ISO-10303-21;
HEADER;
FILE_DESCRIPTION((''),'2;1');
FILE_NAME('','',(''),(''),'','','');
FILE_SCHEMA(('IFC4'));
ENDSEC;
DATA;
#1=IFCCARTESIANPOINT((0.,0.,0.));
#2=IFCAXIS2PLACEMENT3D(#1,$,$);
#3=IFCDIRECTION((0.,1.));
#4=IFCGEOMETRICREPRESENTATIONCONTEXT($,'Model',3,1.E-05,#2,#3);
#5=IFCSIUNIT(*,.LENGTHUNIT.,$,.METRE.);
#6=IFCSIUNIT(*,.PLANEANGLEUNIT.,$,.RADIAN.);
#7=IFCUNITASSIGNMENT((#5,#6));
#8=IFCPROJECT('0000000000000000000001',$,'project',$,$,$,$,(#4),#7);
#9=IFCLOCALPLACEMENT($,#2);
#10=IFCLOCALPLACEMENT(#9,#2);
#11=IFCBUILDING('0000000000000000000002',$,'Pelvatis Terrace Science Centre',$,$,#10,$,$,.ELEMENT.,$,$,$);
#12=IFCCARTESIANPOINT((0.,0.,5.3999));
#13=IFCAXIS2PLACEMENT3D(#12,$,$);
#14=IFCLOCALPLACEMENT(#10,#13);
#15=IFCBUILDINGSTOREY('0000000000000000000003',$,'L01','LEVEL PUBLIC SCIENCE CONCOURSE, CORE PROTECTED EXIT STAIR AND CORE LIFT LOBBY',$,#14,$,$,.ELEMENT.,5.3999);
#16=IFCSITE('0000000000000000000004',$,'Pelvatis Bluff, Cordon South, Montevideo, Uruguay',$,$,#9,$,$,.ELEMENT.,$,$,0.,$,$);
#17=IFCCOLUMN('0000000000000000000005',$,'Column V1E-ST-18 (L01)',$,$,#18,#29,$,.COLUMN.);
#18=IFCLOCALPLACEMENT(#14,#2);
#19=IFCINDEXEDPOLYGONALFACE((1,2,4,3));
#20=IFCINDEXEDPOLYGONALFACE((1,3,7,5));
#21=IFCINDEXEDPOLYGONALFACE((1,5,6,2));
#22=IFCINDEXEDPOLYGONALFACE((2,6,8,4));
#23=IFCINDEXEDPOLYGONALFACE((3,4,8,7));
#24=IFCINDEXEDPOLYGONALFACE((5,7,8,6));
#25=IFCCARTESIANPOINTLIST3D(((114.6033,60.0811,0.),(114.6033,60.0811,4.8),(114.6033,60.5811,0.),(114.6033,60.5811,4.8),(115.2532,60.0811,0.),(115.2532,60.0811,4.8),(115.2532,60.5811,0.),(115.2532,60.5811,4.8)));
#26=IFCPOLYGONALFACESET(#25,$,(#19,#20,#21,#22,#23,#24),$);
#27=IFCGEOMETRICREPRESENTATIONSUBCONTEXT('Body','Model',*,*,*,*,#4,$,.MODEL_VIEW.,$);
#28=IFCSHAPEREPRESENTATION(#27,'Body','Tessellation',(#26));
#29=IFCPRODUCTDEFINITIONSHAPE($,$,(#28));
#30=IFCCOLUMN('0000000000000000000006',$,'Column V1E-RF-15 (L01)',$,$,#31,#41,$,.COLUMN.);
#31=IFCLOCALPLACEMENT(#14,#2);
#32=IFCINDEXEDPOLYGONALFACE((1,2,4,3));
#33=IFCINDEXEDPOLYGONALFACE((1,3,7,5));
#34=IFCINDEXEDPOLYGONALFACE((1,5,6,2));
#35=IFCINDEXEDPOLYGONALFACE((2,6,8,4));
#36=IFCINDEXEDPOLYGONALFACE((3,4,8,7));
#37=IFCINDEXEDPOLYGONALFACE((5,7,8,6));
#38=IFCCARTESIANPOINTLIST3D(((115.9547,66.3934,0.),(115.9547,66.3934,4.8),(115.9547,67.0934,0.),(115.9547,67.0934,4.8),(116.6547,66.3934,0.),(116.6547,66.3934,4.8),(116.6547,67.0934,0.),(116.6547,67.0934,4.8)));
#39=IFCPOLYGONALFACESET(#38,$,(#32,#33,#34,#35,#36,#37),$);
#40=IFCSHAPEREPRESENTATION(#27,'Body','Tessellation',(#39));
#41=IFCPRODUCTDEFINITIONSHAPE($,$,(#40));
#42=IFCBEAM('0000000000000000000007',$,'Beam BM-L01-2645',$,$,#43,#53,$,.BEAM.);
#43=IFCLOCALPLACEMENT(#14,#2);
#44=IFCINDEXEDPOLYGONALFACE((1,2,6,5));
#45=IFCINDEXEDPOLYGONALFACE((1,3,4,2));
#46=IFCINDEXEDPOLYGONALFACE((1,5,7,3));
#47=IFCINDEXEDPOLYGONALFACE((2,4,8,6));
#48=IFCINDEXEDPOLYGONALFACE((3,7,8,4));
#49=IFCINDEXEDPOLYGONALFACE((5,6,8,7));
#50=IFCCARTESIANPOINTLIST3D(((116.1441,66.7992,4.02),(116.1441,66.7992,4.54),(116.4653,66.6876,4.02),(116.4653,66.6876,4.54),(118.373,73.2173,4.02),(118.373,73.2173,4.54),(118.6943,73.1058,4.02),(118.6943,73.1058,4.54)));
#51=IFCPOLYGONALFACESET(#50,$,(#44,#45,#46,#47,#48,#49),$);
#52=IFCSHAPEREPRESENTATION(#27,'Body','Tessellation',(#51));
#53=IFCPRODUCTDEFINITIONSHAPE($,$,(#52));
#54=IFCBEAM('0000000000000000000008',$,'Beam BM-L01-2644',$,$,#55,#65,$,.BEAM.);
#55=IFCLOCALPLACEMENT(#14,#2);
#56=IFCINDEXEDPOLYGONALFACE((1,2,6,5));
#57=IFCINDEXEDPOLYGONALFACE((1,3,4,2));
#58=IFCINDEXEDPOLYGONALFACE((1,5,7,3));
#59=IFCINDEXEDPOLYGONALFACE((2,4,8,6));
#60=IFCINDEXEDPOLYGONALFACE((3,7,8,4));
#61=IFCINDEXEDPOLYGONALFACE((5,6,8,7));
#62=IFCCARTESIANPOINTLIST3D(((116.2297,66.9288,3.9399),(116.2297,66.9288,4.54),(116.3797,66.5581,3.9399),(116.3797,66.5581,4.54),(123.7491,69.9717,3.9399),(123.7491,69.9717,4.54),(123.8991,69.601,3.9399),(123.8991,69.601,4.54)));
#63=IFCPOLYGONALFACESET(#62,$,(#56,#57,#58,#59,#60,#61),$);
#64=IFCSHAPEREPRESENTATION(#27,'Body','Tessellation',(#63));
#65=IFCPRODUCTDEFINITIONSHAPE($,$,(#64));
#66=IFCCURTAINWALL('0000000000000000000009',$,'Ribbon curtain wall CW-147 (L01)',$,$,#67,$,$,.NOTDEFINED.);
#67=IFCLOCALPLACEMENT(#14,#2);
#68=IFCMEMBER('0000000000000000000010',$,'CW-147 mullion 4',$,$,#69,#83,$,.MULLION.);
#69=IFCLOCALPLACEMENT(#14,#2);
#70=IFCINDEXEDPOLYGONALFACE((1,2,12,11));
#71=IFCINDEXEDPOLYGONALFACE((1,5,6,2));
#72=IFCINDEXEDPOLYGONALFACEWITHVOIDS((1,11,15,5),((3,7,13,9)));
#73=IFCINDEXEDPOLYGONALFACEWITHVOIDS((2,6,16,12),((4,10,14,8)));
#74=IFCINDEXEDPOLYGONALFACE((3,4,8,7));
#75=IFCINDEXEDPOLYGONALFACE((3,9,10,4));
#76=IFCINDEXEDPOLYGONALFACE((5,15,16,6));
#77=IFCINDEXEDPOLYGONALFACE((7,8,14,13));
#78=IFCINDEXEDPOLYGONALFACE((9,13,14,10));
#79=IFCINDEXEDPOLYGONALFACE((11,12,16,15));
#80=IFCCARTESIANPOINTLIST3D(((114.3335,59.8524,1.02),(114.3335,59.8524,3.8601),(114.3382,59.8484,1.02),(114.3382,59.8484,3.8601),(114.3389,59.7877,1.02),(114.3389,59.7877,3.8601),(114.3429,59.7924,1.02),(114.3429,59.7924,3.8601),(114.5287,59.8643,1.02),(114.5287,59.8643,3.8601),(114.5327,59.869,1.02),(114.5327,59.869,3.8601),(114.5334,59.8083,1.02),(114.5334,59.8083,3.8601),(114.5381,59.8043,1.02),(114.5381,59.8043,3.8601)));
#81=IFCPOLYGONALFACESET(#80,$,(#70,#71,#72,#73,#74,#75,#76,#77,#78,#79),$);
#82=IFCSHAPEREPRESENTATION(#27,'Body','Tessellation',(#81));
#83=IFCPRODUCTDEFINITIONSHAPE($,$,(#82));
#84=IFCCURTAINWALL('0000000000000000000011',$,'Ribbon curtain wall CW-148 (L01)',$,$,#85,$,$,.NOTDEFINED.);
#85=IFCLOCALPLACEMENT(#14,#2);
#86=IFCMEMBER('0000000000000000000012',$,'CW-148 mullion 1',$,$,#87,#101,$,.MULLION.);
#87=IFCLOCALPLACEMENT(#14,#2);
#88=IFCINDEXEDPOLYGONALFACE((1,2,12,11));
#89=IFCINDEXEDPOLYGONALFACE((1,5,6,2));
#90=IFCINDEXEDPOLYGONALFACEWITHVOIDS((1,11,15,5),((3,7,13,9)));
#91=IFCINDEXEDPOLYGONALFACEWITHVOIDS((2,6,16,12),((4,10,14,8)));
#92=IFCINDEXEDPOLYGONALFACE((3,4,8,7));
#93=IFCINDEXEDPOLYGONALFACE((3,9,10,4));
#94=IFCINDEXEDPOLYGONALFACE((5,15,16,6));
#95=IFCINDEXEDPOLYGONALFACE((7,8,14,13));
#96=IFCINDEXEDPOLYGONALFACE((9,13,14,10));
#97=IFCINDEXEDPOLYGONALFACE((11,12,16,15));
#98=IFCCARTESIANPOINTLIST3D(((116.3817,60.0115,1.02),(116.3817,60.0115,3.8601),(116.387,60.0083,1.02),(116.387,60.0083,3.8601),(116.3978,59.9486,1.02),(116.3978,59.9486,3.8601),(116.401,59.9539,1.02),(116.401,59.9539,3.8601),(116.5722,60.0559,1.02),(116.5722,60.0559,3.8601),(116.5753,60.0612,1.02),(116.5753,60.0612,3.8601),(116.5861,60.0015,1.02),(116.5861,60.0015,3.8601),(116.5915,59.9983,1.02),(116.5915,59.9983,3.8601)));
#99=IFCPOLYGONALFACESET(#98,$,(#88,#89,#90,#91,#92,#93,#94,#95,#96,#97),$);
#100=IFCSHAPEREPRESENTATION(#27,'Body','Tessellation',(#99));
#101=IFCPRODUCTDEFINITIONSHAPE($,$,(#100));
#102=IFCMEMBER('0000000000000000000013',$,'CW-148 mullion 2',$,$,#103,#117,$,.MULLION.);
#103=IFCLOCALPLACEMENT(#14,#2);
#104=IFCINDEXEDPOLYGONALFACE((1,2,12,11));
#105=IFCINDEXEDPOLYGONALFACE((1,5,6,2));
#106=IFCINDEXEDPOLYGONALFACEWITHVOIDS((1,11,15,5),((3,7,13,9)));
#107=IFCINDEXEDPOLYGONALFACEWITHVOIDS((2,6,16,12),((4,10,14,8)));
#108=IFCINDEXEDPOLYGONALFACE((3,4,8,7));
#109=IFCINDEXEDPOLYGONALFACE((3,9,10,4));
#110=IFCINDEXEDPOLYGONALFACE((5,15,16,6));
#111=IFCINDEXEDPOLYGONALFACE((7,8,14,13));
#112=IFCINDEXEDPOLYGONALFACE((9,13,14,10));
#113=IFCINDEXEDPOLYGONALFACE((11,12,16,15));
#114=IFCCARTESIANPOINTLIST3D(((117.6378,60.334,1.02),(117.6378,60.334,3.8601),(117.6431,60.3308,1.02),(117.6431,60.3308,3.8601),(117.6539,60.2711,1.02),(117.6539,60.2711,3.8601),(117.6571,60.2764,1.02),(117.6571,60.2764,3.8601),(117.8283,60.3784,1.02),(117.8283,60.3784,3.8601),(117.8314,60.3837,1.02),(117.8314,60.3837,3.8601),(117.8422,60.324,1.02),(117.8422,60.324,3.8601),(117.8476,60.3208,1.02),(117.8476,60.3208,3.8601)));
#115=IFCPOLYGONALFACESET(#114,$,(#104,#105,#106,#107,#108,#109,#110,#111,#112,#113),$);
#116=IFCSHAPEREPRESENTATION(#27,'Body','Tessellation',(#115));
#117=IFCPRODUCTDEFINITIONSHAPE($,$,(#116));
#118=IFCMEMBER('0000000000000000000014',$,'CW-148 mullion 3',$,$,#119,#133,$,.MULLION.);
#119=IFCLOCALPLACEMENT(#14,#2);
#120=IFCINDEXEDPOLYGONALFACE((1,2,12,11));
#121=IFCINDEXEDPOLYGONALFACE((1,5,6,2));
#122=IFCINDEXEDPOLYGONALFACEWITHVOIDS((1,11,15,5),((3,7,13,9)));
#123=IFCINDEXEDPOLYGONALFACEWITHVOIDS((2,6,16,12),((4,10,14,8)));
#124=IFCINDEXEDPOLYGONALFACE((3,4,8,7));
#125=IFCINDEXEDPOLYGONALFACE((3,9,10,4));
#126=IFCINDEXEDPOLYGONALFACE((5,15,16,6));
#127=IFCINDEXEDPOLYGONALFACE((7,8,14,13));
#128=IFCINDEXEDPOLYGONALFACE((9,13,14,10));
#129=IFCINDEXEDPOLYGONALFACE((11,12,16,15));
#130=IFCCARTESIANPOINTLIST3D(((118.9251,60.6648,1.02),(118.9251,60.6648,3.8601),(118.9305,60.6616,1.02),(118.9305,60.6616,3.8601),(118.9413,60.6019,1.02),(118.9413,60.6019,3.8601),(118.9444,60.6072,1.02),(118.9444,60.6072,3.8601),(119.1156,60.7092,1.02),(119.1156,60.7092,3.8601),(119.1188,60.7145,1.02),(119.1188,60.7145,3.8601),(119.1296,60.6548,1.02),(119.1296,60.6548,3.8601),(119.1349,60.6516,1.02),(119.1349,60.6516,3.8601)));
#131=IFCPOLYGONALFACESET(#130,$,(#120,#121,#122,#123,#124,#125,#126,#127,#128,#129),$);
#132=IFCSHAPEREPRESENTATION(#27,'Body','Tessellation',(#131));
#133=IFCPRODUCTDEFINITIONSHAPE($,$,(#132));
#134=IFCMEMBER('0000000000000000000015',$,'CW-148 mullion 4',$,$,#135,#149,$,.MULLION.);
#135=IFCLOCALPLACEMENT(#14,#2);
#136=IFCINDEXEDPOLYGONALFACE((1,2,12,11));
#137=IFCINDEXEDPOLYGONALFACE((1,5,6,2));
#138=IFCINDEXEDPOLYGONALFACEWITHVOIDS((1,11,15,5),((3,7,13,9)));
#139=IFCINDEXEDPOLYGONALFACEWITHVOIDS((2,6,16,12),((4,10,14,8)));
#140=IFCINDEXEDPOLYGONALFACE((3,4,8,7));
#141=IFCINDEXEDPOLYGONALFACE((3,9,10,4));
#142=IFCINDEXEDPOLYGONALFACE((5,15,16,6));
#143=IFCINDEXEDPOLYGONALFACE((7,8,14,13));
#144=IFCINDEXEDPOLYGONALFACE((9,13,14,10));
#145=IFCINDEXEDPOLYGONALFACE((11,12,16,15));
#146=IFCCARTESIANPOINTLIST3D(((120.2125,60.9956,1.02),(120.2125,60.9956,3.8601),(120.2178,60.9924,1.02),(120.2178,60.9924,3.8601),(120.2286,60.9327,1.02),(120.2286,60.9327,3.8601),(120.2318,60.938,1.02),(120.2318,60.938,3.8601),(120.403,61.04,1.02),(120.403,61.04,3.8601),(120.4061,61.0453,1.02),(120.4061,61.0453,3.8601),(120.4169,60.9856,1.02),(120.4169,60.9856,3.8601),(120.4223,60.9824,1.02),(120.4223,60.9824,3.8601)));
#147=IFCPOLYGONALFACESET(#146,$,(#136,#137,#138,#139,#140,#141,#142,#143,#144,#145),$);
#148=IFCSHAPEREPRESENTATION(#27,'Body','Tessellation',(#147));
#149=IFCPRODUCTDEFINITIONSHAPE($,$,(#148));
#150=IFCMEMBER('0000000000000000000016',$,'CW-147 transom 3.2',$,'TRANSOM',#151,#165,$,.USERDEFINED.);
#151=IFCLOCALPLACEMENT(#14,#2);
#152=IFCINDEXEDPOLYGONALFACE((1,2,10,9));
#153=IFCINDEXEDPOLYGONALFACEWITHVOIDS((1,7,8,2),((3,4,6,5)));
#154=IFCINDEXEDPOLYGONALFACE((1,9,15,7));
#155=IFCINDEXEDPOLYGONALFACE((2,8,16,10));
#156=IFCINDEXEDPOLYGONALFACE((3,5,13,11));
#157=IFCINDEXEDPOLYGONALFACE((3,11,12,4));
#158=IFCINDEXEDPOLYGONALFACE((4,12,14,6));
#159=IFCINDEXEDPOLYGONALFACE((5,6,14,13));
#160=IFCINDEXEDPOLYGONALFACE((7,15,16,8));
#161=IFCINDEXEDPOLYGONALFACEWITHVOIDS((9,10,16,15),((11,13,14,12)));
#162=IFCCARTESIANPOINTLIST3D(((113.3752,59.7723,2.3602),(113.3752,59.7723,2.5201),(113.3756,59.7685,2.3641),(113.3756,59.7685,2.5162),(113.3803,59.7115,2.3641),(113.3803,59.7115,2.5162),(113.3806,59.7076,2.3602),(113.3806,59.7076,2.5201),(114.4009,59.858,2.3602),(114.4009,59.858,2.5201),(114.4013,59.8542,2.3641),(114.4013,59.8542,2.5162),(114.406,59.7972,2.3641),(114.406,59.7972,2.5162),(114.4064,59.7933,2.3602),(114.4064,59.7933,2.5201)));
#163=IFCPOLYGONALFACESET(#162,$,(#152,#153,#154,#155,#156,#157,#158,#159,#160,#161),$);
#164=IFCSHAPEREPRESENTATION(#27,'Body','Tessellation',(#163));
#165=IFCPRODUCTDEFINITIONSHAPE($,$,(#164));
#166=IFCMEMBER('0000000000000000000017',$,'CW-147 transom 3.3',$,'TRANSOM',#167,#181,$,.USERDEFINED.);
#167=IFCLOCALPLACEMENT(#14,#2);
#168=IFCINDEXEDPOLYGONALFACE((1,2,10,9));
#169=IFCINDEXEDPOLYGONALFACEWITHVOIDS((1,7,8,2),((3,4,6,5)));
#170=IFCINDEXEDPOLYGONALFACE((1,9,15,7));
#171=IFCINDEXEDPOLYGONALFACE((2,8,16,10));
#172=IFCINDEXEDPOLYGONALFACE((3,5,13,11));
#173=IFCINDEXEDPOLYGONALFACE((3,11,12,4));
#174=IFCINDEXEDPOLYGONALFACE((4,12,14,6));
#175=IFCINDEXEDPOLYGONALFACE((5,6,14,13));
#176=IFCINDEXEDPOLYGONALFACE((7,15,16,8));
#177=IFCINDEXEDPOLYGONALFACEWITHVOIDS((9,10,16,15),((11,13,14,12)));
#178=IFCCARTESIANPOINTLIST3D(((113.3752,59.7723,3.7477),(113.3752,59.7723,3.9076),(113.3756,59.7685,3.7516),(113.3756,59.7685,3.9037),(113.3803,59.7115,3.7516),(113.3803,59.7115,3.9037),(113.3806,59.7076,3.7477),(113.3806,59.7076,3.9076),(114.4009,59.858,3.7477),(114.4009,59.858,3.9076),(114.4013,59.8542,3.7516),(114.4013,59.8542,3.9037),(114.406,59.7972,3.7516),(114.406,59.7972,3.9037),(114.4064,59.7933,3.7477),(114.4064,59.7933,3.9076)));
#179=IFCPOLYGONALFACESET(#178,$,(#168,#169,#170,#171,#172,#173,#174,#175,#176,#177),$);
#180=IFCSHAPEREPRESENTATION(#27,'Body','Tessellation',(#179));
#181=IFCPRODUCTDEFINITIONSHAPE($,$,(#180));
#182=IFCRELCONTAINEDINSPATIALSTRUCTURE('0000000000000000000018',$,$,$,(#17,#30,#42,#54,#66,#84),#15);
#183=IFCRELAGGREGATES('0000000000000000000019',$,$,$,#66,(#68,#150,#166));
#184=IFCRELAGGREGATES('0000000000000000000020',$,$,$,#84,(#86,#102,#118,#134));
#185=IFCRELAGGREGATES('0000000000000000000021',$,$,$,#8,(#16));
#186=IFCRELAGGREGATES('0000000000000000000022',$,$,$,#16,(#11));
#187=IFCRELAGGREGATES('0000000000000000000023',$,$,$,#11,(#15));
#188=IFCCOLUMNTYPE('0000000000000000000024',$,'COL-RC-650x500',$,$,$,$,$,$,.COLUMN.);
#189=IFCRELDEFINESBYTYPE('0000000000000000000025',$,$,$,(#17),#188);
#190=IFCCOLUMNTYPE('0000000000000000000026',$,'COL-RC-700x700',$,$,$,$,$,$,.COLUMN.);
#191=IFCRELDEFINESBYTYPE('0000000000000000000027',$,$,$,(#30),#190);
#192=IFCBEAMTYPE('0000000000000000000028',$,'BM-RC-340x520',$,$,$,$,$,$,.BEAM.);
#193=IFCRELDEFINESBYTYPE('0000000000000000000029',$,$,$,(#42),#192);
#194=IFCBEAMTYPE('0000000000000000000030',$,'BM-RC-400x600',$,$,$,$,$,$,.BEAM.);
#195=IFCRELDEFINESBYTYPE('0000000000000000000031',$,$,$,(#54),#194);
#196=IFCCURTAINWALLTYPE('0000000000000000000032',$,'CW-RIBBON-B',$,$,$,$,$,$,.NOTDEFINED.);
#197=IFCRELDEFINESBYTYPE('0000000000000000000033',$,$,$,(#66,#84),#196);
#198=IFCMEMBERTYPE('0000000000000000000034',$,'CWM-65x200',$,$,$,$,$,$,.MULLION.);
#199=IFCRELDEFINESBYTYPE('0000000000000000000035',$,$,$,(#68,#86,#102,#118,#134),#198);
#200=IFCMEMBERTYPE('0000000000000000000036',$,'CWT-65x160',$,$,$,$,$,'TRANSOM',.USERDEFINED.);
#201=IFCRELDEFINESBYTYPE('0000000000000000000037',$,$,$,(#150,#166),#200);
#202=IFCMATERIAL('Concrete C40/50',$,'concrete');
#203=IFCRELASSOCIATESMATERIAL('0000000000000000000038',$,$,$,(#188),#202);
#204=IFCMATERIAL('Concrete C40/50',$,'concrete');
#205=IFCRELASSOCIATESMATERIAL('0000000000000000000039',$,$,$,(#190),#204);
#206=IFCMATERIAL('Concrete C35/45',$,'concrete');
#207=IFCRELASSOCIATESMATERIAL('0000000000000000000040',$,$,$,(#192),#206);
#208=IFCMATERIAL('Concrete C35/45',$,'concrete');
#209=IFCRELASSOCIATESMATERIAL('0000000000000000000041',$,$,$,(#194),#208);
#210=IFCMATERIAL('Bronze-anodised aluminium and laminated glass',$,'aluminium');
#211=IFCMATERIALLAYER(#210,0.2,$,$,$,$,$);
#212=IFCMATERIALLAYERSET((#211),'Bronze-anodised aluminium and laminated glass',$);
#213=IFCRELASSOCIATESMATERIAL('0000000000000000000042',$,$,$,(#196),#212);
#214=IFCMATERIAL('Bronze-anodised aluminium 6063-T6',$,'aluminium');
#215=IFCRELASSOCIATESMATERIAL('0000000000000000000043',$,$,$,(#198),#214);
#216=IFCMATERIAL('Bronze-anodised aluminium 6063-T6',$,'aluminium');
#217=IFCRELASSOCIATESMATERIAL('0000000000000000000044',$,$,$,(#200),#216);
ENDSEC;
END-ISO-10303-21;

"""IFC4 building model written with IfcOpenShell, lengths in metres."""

from ifc_helpers import new_model, si_unit, direction, frame, origin, origin_2d, place, context, subcontext, project, spatial, rectangle, hollow_rectangle, extrude, material, layer, layer_set, material_profile, profile_set, type_object, element, aggregate, save


model = new_model("IFC4")

# Units and contexts
model_context = context("Model", 3, precision=1e-05, world=origin(), true_north=direction((0.0, 1.0)))
body_context = subcontext(model_context, "Body", "Model", "MODEL_VIEW")
ifc_project = project(units=[si_unit("LENGTHUNIT", "METRE"), si_unit("PLANEANGLEUNIT", "RADIAN")], contexts=[model_context])

# Site, building, storey
site_placement = place(None, origin())
site = spatial("IfcSite", under=ifc_project, at=site_placement, Name="Pelvatis Bluff, Cordon South, Montevideo, Uruguay", CompositionType="ELEMENT", RefElevation=0.0)
building_placement = place(site_placement, origin())
building = spatial("IfcBuilding", under=site, at=building_placement, Name="Pelvatis Terrace Science Centre", CompositionType="ELEMENT")
storey_placement = place(building_placement, frame((0.0, 0.0, 5.3999)))
storey = spatial("IfcBuildingStorey", under=building, at=storey_placement, Name="L01", Description="LEVEL PUBLIC SCIENCE CONCOURSE, CORE PROTECTED EXIT STAIR AND CORE LIFT LOBBY", CompositionType="ELEMENT", Elevation=5.3999)

# Columns
ifc_material_1 = material(Name="Concrete C40/50", Category="concrete")
ifc_material_profile_1 = material_profile(ifc_material_1, rectangle(XDim=0.6499, YDim=0.5, at=origin_2d()), Name="RC-COL 650x500")
ifc_profile_set_1 = profile_set([ifc_material_profile_1], Name="Concrete C40/50")
column_type_1 = type_object("IfcColumnType", Name="COL-RC-650x500", PredefinedType="COLUMN", material=ifc_profile_set_1)
column_1_placement = place(storey_placement, frame((114.9282, 60.3311, 0.0), z_axis=(0.0, 0.0, 1.0), x_axis=(1.0, 0.0, 0.0)))
element("IfcColumn", 1, at=column_1_placement, inside=storey, type_object=column_type_1, Name="Column V1E-ST-18 (L01)", PredefinedType="COLUMN", context=body_context, shape_type="SweptSolid", body=[
    extrude(rectangle(XDim=0.6499, YDim=0.5, at=origin_2d()), origin(), (0.0, 0.0, 1.0), 4.8),
])
ifc_material_2 = material(Name="Concrete C40/50", Category="concrete")
ifc_material_profile_2 = material_profile(ifc_material_2, rectangle(XDim=0.7, YDim=0.7, at=origin_2d()), Name="RC-COL 700x700")
ifc_profile_set_2 = profile_set([ifc_material_profile_2], Name="Concrete C40/50")
column_type_2 = type_object("IfcColumnType", Name="COL-RC-700x700", PredefinedType="COLUMN", material=ifc_profile_set_2)
column_2_placement = place(storey_placement, frame((116.3047, 66.7434, 0.0), z_axis=(0.0, 0.0, 1.0), x_axis=(1.0, 0.0, 0.0)))
element("IfcColumn", 2, at=column_2_placement, inside=storey, type_object=column_type_2, Name="Column V1E-RF-15 (L01)", PredefinedType="COLUMN", context=body_context, shape_type="SweptSolid", body=[
    extrude(rectangle(XDim=0.7, YDim=0.7, at=origin_2d()), origin(), (0.0, 0.0, 1.0), 4.8),
])

# Beams
ifc_material_3 = material(Name="Concrete C35/45", Category="concrete")
ifc_material_profile_3 = material_profile(ifc_material_3, rectangle(XDim=0.3401, YDim=0.52, at=origin_2d()), Name="RC-BM 340x520")
ifc_profile_set_3 = profile_set([ifc_material_profile_3], Name="Concrete C35/45")
beam_type_1 = type_object("IfcBeamType", Name="BM-RC-340x520", PredefinedType="BEAM", material=ifc_profile_set_3)
beam_1_placement = place(storey_placement, frame((116.3047, 66.7434, 4.28), z_axis=(0.328072, 0.944653, 0.0), x_axis=(-0.944653, 0.328072, 0.0)))
element("IfcBeam", 3, at=beam_1_placement, inside=storey, type_object=beam_type_1, Name="Beam BM-L01-2645", PredefinedType="BEAM", context=body_context, shape_type="SweptSolid", body=[
    extrude(rectangle(XDim=0.3401, YDim=0.52, at=origin_2d()), origin(), (0.0, 0.0, 1.0), 6.7942),
])
ifc_material_4 = material(Name="Concrete C35/45", Category="concrete")
ifc_material_profile_4 = material_profile(ifc_material_4, rectangle(XDim=0.3999, YDim=0.6001, at=origin_2d()), Name="RC-BM 400x600")
ifc_profile_set_4 = profile_set([ifc_material_profile_4], Name="Concrete C35/45")
beam_type_2 = type_object("IfcBeamType", Name="BM-RC-400x600", PredefinedType="BEAM", material=ifc_profile_set_4)
beam_2_placement = place(storey_placement, frame((116.3047, 66.7434, 4.24), z_axis=(0.926975, 0.375124, 0.0), x_axis=(-0.375124, 0.926975, 0.0)))
element("IfcBeam", 4, at=beam_2_placement, inside=storey, type_object=beam_type_2, Name="Beam BM-L01-2644", PredefinedType="BEAM", context=body_context, shape_type="SweptSolid", body=[
    extrude(rectangle(XDim=0.3999, YDim=0.6001, at=origin_2d()), origin(), (0.0, 0.0, 1.0), 8.1118),
])

# Curtain wall, member
ifc_material_5 = material(Name="Bronze-anodised aluminium and laminated glass", Category="aluminium")
ifc_layer_1 = layer(ifc_material_5, 0.2)
ifc_layer_set_1 = layer_set([ifc_layer_1], Name="Bronze-anodised aluminium and laminated glass")
curtain_wall_type = type_object("IfcCurtainWallType", Name="CW-RIBBON-B", PredefinedType="NOTDEFINED", material=ifc_layer_set_1)
curtain_wall_1_placement = place(storey_placement, origin())
curtain_wall_1 = element("IfcCurtainWall", 5, at=curtain_wall_1_placement, inside=storey, type_object=curtain_wall_type, Name="Ribbon curtain wall CW-147 (L01)", PredefinedType="NOTDEFINED")
ifc_material_6 = material(Name="Bronze-anodised aluminium 6063-T6", Category="aluminium")
ifc_material_profile_5 = material_profile(ifc_material_6, hollow_rectangle(XDim=0.0649, YDim=0.2, WallThickness=0.0044, at=origin_2d()), Name="ALU-MUL 65x200")
ifc_profile_set_5 = profile_set([ifc_material_profile_5], Name="Bronze-anodised aluminium 6063-T6")
member_type_1 = type_object("IfcMemberType", Name="CWM-65x200", PredefinedType="MULLION", material=ifc_profile_set_5)
member_1_placement = place(storey_placement, frame((114.4358, 59.8284, 1.02), z_axis=(0.0, 0.0, 1.0), x_axis=(-0.083136, 0.996538, 0.0)))
member_1 = element("IfcMember", 6, at=member_1_placement, type_object=member_type_1, Name="CW-147 mullion 4", PredefinedType="MULLION", context=body_context, shape_type="SweptSolid", body=[
    extrude(hollow_rectangle(XDim=0.0649, YDim=0.2, WallThickness=0.0044, at=origin_2d()), origin(), (0.0, 0.0, 1.0), 2.8401),
])

# Curtain wall, members
curtain_wall_2_placement = place(storey_placement, origin())
curtain_wall_2 = element("IfcCurtainWall", 7, at=curtain_wall_2_placement, inside=storey, type_object=curtain_wall_type, Name="Ribbon curtain wall CW-148 (L01)", PredefinedType="NOTDEFINED")
member_2_placement = place(storey_placement, frame((116.4866, 60.0049, 1.02), z_axis=(0.0, 0.0, 1.0), x_axis=(-0.248855, 0.968541, 0.0)))
member_2 = element("IfcMember", 8, at=member_2_placement, type_object=member_type_1, Name="CW-148 mullion 1", PredefinedType="MULLION", context=body_context, shape_type="SweptSolid", body=[
    extrude(hollow_rectangle(XDim=0.0649, YDim=0.2, WallThickness=0.0044, at=origin_2d()), origin(), (0.0, 0.0, 1.0), 2.8401),
])
member_3_placement = place(storey_placement, frame((117.7427, 60.3274, 1.02), z_axis=(0.0, 0.0, 1.0), x_axis=(-0.248855, 0.968541, 0.0)))
member_3 = element("IfcMember", 9, at=member_3_placement, type_object=member_type_1, Name="CW-148 mullion 2", PredefinedType="MULLION", context=body_context, shape_type="SweptSolid", body=[
    extrude(hollow_rectangle(XDim=0.0649, YDim=0.2, WallThickness=0.0044, at=origin_2d()), origin(), (0.0, 0.0, 1.0), 2.8401),
])
member_4_placement = place(storey_placement, frame((119.03, 60.6582, 1.02), z_axis=(0.0, 0.0, 1.0), x_axis=(-0.248855, 0.968541, 0.0)))
member_4 = element("IfcMember", 10, at=member_4_placement, type_object=member_type_1, Name="CW-148 mullion 3", PredefinedType="MULLION", context=body_context, shape_type="SweptSolid", body=[
    extrude(hollow_rectangle(XDim=0.0649, YDim=0.2, WallThickness=0.0044, at=origin_2d()), origin(), (0.0, 0.0, 1.0), 2.8401),
])
member_5_placement = place(storey_placement, frame((120.3174, 60.989, 1.02), z_axis=(0.0, 0.0, 1.0), x_axis=(-0.248855, 0.968541, 0.0)))
member_5 = element("IfcMember", 11, at=member_5_placement, type_object=member_type_1, Name="CW-148 mullion 4", PredefinedType="MULLION", context=body_context, shape_type="SweptSolid", body=[
    extrude(hollow_rectangle(XDim=0.0649, YDim=0.2, WallThickness=0.0044, at=origin_2d()), origin(), (0.0, 0.0, 1.0), 2.8401),
])

# Members
ifc_material_7 = material(Name="Bronze-anodised aluminium 6063-T6", Category="aluminium")
ifc_material_profile_6 = material_profile(ifc_material_7, hollow_rectangle(XDim=0.0649, YDim=0.1599, WallThickness=0.0039, at=origin_2d()), Name="ALU-TRN 65x160")
ifc_profile_set_6 = profile_set([ifc_material_profile_6], Name="Bronze-anodised aluminium 6063-T6")
member_type_2 = type_object("IfcMemberType", Name="CWT-65x160", ElementType="TRANSOM", PredefinedType="USERDEFINED", material=ifc_profile_set_6)
member_6_placement = place(storey_placement, frame((113.3779, 59.74, 2.4402), z_axis=(0.996528, 0.083261, 0.0), x_axis=(-0.083261, 0.996528, 0.0)))
member_6 = element("IfcMember", 12, at=member_6_placement, type_object=member_type_2, Name="CW-147 transom 3.2", ObjectType="TRANSOM", PredefinedType="USERDEFINED", context=body_context, shape_type="SweptSolid", body=[
    extrude(hollow_rectangle(XDim=0.0649, YDim=0.1599, WallThickness=0.0039, at=origin_2d()), origin(), (0.0, 0.0, 1.0), 1.0293),
])
member_7_placement = place(storey_placement, frame((113.3779, 59.74, 3.8276), z_axis=(0.996528, 0.083261, 0.0), x_axis=(-0.083261, 0.996528, 0.0)))
member_7 = element("IfcMember", 13, at=member_7_placement, type_object=member_type_2, Name="CW-147 transom 3.3", ObjectType="TRANSOM", PredefinedType="USERDEFINED", context=body_context, shape_type="SweptSolid", body=[
    extrude(hollow_rectangle(XDim=0.0649, YDim=0.1599, WallThickness=0.0039, at=origin_2d()), origin(), (0.0, 0.0, 1.0), 1.0293),
])

aggregate(curtain_wall_1, [member_1, member_6, member_7])
aggregate(curtain_wall_2, [member_2, member_3, member_4, member_5])

save(model, "model.ifc")
